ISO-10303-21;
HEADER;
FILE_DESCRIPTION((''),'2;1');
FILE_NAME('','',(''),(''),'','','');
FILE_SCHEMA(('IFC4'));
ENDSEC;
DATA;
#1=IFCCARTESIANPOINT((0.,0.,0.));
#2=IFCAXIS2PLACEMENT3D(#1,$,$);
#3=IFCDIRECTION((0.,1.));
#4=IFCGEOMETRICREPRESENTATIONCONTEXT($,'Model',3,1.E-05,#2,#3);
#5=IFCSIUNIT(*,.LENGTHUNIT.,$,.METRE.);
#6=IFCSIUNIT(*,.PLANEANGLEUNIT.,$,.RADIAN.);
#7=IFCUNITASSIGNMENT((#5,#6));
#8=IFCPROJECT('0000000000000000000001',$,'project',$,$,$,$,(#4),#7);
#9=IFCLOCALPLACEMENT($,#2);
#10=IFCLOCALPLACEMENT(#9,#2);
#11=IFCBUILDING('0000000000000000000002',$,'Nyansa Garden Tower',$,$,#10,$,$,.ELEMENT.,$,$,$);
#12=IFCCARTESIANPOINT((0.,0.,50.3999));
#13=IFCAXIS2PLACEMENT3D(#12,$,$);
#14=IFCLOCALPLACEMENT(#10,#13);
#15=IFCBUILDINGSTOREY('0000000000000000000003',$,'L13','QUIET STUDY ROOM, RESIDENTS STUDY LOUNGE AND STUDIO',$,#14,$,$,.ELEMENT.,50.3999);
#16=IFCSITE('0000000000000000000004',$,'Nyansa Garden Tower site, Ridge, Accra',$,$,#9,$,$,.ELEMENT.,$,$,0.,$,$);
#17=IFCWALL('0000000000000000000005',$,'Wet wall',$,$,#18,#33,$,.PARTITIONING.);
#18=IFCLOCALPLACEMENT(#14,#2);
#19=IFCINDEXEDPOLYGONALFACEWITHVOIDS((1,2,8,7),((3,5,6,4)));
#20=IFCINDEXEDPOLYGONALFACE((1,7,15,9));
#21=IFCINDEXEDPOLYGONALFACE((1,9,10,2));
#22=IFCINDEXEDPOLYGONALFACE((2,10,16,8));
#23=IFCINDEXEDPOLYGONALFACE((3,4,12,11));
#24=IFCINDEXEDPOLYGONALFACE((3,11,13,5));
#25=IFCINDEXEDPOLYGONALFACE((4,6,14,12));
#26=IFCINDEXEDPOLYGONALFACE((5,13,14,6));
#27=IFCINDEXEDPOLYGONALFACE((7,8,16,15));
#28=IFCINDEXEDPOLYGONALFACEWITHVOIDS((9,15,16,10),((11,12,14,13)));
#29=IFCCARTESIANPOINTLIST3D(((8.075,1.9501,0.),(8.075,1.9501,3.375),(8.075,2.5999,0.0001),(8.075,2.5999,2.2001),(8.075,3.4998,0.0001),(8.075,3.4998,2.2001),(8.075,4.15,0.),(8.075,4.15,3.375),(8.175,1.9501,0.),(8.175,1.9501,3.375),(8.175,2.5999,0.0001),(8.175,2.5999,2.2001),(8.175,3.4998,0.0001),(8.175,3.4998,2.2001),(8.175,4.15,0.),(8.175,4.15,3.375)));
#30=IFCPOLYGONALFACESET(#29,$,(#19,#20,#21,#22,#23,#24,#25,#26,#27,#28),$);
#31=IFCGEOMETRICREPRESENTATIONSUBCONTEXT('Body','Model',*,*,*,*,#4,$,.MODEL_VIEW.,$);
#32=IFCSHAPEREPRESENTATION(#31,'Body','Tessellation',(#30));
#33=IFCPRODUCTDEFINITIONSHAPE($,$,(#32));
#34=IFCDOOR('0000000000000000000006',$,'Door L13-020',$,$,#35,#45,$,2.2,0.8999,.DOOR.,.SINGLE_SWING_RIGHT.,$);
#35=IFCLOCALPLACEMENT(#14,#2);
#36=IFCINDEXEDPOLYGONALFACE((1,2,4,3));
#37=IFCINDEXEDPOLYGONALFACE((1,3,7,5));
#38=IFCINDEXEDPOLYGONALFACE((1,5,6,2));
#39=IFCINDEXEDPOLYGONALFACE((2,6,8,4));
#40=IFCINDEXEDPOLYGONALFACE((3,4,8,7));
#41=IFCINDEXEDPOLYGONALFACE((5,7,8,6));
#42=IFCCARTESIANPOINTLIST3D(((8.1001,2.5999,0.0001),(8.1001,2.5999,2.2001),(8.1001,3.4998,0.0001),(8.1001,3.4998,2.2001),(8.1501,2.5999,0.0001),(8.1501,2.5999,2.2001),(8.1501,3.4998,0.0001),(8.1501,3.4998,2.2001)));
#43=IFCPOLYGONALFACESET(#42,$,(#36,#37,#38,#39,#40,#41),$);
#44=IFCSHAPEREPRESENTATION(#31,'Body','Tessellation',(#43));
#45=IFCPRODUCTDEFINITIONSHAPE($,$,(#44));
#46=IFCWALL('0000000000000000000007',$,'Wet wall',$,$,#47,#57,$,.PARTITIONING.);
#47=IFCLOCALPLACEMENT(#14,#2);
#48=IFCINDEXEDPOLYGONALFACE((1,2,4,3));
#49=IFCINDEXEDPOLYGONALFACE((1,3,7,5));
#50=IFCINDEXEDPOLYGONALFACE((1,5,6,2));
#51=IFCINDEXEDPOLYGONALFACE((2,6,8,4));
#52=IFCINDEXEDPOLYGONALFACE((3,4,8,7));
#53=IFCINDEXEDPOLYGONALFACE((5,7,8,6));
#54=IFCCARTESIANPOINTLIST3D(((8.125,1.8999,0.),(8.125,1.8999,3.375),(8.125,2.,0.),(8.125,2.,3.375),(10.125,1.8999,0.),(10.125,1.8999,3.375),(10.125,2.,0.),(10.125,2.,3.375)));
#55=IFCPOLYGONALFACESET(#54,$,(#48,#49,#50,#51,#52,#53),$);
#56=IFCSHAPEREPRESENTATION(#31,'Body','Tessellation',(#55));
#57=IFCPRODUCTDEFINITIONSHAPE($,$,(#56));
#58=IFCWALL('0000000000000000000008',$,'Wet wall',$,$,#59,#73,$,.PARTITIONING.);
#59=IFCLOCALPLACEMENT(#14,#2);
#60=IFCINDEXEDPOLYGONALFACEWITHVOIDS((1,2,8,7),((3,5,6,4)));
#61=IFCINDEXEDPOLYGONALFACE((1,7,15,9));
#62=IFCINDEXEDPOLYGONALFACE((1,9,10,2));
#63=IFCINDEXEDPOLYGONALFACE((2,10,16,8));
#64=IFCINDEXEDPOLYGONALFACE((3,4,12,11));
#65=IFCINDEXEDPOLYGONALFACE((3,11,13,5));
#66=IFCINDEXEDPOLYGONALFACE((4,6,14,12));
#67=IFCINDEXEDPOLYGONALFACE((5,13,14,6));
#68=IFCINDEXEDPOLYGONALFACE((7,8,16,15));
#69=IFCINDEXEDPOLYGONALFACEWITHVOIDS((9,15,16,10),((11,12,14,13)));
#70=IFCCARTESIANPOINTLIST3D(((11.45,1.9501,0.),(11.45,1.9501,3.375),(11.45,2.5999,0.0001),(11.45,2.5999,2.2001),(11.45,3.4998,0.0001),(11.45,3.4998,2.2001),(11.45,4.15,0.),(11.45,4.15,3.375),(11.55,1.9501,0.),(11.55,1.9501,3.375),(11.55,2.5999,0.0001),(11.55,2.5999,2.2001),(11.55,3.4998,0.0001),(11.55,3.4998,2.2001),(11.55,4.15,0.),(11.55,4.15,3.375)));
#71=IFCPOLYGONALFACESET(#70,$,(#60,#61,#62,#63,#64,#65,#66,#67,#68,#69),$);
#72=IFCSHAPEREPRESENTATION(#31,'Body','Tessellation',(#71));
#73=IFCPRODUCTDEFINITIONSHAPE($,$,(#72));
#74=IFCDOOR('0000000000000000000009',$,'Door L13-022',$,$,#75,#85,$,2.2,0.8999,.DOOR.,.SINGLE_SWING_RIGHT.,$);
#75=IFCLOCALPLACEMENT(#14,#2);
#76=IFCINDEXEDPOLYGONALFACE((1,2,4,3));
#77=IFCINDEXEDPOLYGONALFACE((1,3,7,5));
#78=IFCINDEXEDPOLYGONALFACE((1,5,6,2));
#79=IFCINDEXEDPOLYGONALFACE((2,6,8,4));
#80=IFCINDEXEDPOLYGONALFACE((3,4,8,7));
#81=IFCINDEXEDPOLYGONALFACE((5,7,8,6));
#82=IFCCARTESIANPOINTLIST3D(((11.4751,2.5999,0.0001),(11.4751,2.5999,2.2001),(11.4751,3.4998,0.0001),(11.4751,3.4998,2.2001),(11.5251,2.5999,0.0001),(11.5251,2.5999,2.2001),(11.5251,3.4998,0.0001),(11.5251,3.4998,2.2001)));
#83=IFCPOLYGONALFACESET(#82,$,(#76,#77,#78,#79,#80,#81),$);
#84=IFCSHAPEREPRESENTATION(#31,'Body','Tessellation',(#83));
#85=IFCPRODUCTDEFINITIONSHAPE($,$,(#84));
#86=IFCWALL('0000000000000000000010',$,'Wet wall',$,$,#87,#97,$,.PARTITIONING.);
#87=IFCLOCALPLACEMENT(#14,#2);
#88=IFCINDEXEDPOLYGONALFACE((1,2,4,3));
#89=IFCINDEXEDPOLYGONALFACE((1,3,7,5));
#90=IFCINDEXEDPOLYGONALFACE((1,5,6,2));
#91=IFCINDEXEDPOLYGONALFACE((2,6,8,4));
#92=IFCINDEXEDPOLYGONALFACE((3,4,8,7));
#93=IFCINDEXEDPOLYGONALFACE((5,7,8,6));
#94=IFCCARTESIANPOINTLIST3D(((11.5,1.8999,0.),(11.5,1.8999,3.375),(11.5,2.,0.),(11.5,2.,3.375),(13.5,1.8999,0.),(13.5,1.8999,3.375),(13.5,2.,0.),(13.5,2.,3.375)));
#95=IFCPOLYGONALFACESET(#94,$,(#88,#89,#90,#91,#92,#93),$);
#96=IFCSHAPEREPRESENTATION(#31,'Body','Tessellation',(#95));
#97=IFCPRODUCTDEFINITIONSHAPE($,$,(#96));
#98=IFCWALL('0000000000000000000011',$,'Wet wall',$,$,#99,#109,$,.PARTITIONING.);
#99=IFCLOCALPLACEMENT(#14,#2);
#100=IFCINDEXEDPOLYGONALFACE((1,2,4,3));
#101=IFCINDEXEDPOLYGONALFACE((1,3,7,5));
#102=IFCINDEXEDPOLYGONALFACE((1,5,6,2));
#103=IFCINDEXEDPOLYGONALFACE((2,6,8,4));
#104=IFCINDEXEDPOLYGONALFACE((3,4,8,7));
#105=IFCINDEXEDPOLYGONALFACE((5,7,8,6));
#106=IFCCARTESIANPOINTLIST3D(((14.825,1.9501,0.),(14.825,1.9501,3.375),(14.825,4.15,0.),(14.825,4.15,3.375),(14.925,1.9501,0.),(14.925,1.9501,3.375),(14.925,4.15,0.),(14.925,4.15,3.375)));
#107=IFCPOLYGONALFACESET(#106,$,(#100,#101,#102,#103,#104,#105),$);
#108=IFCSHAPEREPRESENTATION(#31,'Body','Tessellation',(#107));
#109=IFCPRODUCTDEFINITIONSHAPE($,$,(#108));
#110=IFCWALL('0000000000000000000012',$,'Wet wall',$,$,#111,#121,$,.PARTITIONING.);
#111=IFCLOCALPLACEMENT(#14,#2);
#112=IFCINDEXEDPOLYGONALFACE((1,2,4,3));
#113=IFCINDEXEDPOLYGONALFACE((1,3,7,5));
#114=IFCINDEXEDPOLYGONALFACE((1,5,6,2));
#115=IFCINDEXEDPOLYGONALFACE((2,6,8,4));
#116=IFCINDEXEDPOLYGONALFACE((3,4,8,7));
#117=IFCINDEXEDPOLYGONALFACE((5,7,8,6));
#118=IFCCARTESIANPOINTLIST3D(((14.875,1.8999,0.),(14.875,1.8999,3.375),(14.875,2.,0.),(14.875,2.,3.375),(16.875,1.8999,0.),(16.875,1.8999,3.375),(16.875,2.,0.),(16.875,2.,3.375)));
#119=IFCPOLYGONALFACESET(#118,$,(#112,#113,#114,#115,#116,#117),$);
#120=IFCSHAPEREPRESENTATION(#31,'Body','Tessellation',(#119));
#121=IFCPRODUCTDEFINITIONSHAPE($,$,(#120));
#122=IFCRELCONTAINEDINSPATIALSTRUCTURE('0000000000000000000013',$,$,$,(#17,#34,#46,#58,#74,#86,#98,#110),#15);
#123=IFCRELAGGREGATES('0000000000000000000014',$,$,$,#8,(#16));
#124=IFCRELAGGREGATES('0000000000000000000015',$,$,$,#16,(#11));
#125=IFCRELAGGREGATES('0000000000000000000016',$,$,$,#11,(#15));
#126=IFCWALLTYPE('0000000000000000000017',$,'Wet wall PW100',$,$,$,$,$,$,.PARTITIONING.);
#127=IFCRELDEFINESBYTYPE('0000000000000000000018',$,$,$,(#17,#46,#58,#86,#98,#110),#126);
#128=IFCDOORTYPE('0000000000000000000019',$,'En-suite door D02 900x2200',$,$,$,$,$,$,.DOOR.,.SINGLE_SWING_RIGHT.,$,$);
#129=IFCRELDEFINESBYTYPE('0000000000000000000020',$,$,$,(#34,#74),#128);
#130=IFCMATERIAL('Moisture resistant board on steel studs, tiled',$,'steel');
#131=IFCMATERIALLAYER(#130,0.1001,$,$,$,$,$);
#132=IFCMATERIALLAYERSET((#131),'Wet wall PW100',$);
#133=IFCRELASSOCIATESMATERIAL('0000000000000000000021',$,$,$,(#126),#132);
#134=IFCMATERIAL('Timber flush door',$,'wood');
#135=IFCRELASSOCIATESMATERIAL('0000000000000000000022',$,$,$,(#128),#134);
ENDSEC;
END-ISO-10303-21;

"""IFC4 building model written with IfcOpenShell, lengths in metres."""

from ifc_helpers import new_model, si_unit, direction, frame, frame_2d, origin, place, context, subcontext, project, spatial, rectangle, extrude, material, layer, layer_set, type_object, element, fill, save


model = new_model("IFC4")

# Units and contexts
model_context = context("Model", 3, precision=1e-05, world=origin(), true_north=direction((0.0, 1.0)))
body_context = subcontext(model_context, "Body", "Model", "MODEL_VIEW")
ifc_project = project(units=[si_unit("LENGTHUNIT", "METRE"), si_unit("PLANEANGLEUNIT", "RADIAN")], contexts=[model_context])

# Site, building, storey
site_placement = place(None, origin())
site = spatial("IfcSite", under=ifc_project, at=site_placement, Name="Nyansa Garden Tower site, Ridge, Accra", CompositionType="ELEMENT", RefElevation=0.0)
building_placement = place(site_placement, origin())
building = spatial("IfcBuilding", under=site, at=building_placement, Name="Nyansa Garden Tower", CompositionType="ELEMENT")
storey_placement = place(building_placement, frame((0.0, 0.0, 50.3999)))
storey = spatial("IfcBuildingStorey", under=building, at=storey_placement, Name="L13", Description="QUIET STUDY ROOM, RESIDENTS STUDY LOUNGE AND STUDIO", CompositionType="ELEMENT", Elevation=50.3999)

# Wall, opening, door
ifc_material_1 = material(Name="Moisture resistant board on steel studs, tiled", Category="steel")
ifc_layer_1 = layer(ifc_material_1, 0.1001)
ifc_layer_set_1 = layer_set([ifc_layer_1], Name="Wet wall PW100")
wall_type_1 = type_object("IfcWallType", Name="Wet wall PW100", PredefinedType="PARTITIONING", material=ifc_layer_set_1)
wall_1_placement = place(storey_placement, frame((8.125, 1.95, 0.0), z_axis=(0.0, 0.0, 1.0), x_axis=(0.0, 1.0, 0.0)))
wall_1 = element("IfcWall", 1, at=wall_1_placement, inside=storey, type_object=wall_type_1, Name="Wet wall", PredefinedType="PARTITIONING", context=body_context, shape_type="SweptSolid", body=[
    extrude(rectangle(XDim=2.2, YDim=0.1001, at=frame_2d((1.1001, 0.0))), origin(), (0.0, 0.0, 1.0), 3.375),
])
opening_1_placement = place(wall_1_placement, frame((0.6499, 0.0, 0.0)))
opening_1 = element("IfcOpeningElement", 2, at=opening_1_placement, cuts=wall_1, PredefinedType="OPENING", context=body_context, shape_type="SweptSolid", body=[
    extrude(rectangle(XDim=0.8999, YDim=2.2, at=frame_2d((0.45, 1.1001))), frame((0.0, 0.0601, 0.0), z_axis=(0.0, -1.0, 0.0), x_axis=(1.0, 0.0, 0.0)), (0.0, 0.0, 1.0), 0.1201),
])
ifc_material_2 = material(Name="Timber flush door", Category="wood")
door_type_1 = type_object("IfcDoorType", Name="En-suite door D02 900x2200", OperationType="SINGLE_SWING_RIGHT", PredefinedType="DOOR", material=ifc_material_2)
door_1_placement = place(opening_1_placement, origin())
door_1 = element("IfcDoor", 3, at=door_1_placement, inside=storey, type_object=door_type_1, Name="Door L13-020", OperationType="SINGLE_SWING_RIGHT", OverallHeight=2.2, OverallWidth=0.8999, PredefinedType="DOOR", context=body_context, shape_type="SweptSolid", body=[
    extrude(rectangle(XDim=0.8999, YDim=2.2, at=frame_2d((0.45, 1.1001))), frame((0.0, 0.0249, 0.0), z_axis=(0.0, -1.0, 0.0), x_axis=(1.0, 0.0, 0.0)), (0.0, 0.0, 1.0), 0.05),
])
fill(opening_1, door_1)

# Wall
wall_2_placement = place(storey_placement, frame((8.125, 1.95, 0.0), z_axis=(0.0, 0.0, 1.0), x_axis=(1.0, 0.0, 0.0)))
element("IfcWall", 4, at=wall_2_placement, inside=storey, type_object=wall_type_1, Name="Wet wall", PredefinedType="PARTITIONING", context=body_context, shape_type="SweptSolid", body=[
    extrude(rectangle(XDim=2.0, YDim=0.1001, at=frame_2d((1.0, 0.0))), origin(), (0.0, 0.0, 1.0), 3.375),
])

# Wall, opening, door
wall_3_placement = place(storey_placement, frame((11.5, 1.95, 0.0), z_axis=(0.0, 0.0, 1.0), x_axis=(0.0, 1.0, 0.0)))
wall_3 = element("IfcWall", 5, at=wall_3_placement, inside=storey, type_object=wall_type_1, Name="Wet wall", PredefinedType="PARTITIONING", context=body_context, shape_type="SweptSolid", body=[
    extrude(rectangle(XDim=2.2, YDim=0.1001, at=frame_2d((1.1001, 0.0))), origin(), (0.0, 0.0, 1.0), 3.375),
])
opening_2_placement = place(wall_3_placement, frame((0.6499, 0.0, 0.0)))
opening_2 = element("IfcOpeningElement", 6, at=opening_2_placement, cuts=wall_3, PredefinedType="OPENING", context=body_context, shape_type="SweptSolid", body=[
    extrude(rectangle(XDim=0.8999, YDim=2.2, at=frame_2d((0.45, 1.1001))), frame((0.0, 0.0601, 0.0), z_axis=(0.0, -1.0, 0.0), x_axis=(1.0, 0.0, 0.0)), (0.0, 0.0, 1.0), 0.1201),
])
door_2_placement = place(opening_2_placement, origin())
door_2 = element("IfcDoor", 7, at=door_2_placement, inside=storey, type_object=door_type_1, Name="Door L13-022", OperationType="SINGLE_SWING_RIGHT", OverallHeight=2.2, OverallWidth=0.8999, PredefinedType="DOOR", context=body_context, shape_type="SweptSolid", body=[
    extrude(rectangle(XDim=0.8999, YDim=2.2, at=frame_2d((0.45, 1.1001))), frame((0.0, 0.0249, 0.0), z_axis=(0.0, -1.0, 0.0), x_axis=(1.0, 0.0, 0.0)), (0.0, 0.0, 1.0), 0.05),
])
fill(opening_2, door_2)

# Walls
wall_4_placement = place(storey_placement, frame((11.5, 1.95, 0.0), z_axis=(0.0, 0.0, 1.0), x_axis=(1.0, 0.0, 0.0)))
element("IfcWall", 8, at=wall_4_placement, inside=storey, type_object=wall_type_1, Name="Wet wall", PredefinedType="PARTITIONING", context=body_context, shape_type="SweptSolid", body=[
    extrude(rectangle(XDim=2.0, YDim=0.1001, at=frame_2d((1.0, 0.0))), origin(), (0.0, 0.0, 1.0), 3.375),
])
wall_5_placement = place(storey_placement, frame((14.875, 1.95, 0.0), z_axis=(0.0, 0.0, 1.0), x_axis=(0.0, 1.0, 0.0)))
element("IfcWall", 9, at=wall_5_placement, inside=storey, type_object=wall_type_1, Name="Wet wall", PredefinedType="PARTITIONING", context=body_context, shape_type="SweptSolid", body=[
    extrude(rectangle(XDim=2.2, YDim=0.1001, at=frame_2d((1.1001, 0.0))), origin(), (0.0, 0.0, 1.0), 3.375),
])
wall_6_placement = place(storey_placement, frame((14.875, 1.95, 0.0), z_axis=(0.0, 0.0, 1.0), x_axis=(1.0, 0.0, 0.0)))
element("IfcWall", 10, at=wall_6_placement, inside=storey, type_object=wall_type_1, Name="Wet wall", PredefinedType="PARTITIONING", context=body_context, shape_type="SweptSolid", body=[
    extrude(rectangle(XDim=2.0, YDim=0.1001, at=frame_2d((1.0, 0.0))), origin(), (0.0, 0.0, 1.0), 3.375),
])

save(model, "model.ifc")
